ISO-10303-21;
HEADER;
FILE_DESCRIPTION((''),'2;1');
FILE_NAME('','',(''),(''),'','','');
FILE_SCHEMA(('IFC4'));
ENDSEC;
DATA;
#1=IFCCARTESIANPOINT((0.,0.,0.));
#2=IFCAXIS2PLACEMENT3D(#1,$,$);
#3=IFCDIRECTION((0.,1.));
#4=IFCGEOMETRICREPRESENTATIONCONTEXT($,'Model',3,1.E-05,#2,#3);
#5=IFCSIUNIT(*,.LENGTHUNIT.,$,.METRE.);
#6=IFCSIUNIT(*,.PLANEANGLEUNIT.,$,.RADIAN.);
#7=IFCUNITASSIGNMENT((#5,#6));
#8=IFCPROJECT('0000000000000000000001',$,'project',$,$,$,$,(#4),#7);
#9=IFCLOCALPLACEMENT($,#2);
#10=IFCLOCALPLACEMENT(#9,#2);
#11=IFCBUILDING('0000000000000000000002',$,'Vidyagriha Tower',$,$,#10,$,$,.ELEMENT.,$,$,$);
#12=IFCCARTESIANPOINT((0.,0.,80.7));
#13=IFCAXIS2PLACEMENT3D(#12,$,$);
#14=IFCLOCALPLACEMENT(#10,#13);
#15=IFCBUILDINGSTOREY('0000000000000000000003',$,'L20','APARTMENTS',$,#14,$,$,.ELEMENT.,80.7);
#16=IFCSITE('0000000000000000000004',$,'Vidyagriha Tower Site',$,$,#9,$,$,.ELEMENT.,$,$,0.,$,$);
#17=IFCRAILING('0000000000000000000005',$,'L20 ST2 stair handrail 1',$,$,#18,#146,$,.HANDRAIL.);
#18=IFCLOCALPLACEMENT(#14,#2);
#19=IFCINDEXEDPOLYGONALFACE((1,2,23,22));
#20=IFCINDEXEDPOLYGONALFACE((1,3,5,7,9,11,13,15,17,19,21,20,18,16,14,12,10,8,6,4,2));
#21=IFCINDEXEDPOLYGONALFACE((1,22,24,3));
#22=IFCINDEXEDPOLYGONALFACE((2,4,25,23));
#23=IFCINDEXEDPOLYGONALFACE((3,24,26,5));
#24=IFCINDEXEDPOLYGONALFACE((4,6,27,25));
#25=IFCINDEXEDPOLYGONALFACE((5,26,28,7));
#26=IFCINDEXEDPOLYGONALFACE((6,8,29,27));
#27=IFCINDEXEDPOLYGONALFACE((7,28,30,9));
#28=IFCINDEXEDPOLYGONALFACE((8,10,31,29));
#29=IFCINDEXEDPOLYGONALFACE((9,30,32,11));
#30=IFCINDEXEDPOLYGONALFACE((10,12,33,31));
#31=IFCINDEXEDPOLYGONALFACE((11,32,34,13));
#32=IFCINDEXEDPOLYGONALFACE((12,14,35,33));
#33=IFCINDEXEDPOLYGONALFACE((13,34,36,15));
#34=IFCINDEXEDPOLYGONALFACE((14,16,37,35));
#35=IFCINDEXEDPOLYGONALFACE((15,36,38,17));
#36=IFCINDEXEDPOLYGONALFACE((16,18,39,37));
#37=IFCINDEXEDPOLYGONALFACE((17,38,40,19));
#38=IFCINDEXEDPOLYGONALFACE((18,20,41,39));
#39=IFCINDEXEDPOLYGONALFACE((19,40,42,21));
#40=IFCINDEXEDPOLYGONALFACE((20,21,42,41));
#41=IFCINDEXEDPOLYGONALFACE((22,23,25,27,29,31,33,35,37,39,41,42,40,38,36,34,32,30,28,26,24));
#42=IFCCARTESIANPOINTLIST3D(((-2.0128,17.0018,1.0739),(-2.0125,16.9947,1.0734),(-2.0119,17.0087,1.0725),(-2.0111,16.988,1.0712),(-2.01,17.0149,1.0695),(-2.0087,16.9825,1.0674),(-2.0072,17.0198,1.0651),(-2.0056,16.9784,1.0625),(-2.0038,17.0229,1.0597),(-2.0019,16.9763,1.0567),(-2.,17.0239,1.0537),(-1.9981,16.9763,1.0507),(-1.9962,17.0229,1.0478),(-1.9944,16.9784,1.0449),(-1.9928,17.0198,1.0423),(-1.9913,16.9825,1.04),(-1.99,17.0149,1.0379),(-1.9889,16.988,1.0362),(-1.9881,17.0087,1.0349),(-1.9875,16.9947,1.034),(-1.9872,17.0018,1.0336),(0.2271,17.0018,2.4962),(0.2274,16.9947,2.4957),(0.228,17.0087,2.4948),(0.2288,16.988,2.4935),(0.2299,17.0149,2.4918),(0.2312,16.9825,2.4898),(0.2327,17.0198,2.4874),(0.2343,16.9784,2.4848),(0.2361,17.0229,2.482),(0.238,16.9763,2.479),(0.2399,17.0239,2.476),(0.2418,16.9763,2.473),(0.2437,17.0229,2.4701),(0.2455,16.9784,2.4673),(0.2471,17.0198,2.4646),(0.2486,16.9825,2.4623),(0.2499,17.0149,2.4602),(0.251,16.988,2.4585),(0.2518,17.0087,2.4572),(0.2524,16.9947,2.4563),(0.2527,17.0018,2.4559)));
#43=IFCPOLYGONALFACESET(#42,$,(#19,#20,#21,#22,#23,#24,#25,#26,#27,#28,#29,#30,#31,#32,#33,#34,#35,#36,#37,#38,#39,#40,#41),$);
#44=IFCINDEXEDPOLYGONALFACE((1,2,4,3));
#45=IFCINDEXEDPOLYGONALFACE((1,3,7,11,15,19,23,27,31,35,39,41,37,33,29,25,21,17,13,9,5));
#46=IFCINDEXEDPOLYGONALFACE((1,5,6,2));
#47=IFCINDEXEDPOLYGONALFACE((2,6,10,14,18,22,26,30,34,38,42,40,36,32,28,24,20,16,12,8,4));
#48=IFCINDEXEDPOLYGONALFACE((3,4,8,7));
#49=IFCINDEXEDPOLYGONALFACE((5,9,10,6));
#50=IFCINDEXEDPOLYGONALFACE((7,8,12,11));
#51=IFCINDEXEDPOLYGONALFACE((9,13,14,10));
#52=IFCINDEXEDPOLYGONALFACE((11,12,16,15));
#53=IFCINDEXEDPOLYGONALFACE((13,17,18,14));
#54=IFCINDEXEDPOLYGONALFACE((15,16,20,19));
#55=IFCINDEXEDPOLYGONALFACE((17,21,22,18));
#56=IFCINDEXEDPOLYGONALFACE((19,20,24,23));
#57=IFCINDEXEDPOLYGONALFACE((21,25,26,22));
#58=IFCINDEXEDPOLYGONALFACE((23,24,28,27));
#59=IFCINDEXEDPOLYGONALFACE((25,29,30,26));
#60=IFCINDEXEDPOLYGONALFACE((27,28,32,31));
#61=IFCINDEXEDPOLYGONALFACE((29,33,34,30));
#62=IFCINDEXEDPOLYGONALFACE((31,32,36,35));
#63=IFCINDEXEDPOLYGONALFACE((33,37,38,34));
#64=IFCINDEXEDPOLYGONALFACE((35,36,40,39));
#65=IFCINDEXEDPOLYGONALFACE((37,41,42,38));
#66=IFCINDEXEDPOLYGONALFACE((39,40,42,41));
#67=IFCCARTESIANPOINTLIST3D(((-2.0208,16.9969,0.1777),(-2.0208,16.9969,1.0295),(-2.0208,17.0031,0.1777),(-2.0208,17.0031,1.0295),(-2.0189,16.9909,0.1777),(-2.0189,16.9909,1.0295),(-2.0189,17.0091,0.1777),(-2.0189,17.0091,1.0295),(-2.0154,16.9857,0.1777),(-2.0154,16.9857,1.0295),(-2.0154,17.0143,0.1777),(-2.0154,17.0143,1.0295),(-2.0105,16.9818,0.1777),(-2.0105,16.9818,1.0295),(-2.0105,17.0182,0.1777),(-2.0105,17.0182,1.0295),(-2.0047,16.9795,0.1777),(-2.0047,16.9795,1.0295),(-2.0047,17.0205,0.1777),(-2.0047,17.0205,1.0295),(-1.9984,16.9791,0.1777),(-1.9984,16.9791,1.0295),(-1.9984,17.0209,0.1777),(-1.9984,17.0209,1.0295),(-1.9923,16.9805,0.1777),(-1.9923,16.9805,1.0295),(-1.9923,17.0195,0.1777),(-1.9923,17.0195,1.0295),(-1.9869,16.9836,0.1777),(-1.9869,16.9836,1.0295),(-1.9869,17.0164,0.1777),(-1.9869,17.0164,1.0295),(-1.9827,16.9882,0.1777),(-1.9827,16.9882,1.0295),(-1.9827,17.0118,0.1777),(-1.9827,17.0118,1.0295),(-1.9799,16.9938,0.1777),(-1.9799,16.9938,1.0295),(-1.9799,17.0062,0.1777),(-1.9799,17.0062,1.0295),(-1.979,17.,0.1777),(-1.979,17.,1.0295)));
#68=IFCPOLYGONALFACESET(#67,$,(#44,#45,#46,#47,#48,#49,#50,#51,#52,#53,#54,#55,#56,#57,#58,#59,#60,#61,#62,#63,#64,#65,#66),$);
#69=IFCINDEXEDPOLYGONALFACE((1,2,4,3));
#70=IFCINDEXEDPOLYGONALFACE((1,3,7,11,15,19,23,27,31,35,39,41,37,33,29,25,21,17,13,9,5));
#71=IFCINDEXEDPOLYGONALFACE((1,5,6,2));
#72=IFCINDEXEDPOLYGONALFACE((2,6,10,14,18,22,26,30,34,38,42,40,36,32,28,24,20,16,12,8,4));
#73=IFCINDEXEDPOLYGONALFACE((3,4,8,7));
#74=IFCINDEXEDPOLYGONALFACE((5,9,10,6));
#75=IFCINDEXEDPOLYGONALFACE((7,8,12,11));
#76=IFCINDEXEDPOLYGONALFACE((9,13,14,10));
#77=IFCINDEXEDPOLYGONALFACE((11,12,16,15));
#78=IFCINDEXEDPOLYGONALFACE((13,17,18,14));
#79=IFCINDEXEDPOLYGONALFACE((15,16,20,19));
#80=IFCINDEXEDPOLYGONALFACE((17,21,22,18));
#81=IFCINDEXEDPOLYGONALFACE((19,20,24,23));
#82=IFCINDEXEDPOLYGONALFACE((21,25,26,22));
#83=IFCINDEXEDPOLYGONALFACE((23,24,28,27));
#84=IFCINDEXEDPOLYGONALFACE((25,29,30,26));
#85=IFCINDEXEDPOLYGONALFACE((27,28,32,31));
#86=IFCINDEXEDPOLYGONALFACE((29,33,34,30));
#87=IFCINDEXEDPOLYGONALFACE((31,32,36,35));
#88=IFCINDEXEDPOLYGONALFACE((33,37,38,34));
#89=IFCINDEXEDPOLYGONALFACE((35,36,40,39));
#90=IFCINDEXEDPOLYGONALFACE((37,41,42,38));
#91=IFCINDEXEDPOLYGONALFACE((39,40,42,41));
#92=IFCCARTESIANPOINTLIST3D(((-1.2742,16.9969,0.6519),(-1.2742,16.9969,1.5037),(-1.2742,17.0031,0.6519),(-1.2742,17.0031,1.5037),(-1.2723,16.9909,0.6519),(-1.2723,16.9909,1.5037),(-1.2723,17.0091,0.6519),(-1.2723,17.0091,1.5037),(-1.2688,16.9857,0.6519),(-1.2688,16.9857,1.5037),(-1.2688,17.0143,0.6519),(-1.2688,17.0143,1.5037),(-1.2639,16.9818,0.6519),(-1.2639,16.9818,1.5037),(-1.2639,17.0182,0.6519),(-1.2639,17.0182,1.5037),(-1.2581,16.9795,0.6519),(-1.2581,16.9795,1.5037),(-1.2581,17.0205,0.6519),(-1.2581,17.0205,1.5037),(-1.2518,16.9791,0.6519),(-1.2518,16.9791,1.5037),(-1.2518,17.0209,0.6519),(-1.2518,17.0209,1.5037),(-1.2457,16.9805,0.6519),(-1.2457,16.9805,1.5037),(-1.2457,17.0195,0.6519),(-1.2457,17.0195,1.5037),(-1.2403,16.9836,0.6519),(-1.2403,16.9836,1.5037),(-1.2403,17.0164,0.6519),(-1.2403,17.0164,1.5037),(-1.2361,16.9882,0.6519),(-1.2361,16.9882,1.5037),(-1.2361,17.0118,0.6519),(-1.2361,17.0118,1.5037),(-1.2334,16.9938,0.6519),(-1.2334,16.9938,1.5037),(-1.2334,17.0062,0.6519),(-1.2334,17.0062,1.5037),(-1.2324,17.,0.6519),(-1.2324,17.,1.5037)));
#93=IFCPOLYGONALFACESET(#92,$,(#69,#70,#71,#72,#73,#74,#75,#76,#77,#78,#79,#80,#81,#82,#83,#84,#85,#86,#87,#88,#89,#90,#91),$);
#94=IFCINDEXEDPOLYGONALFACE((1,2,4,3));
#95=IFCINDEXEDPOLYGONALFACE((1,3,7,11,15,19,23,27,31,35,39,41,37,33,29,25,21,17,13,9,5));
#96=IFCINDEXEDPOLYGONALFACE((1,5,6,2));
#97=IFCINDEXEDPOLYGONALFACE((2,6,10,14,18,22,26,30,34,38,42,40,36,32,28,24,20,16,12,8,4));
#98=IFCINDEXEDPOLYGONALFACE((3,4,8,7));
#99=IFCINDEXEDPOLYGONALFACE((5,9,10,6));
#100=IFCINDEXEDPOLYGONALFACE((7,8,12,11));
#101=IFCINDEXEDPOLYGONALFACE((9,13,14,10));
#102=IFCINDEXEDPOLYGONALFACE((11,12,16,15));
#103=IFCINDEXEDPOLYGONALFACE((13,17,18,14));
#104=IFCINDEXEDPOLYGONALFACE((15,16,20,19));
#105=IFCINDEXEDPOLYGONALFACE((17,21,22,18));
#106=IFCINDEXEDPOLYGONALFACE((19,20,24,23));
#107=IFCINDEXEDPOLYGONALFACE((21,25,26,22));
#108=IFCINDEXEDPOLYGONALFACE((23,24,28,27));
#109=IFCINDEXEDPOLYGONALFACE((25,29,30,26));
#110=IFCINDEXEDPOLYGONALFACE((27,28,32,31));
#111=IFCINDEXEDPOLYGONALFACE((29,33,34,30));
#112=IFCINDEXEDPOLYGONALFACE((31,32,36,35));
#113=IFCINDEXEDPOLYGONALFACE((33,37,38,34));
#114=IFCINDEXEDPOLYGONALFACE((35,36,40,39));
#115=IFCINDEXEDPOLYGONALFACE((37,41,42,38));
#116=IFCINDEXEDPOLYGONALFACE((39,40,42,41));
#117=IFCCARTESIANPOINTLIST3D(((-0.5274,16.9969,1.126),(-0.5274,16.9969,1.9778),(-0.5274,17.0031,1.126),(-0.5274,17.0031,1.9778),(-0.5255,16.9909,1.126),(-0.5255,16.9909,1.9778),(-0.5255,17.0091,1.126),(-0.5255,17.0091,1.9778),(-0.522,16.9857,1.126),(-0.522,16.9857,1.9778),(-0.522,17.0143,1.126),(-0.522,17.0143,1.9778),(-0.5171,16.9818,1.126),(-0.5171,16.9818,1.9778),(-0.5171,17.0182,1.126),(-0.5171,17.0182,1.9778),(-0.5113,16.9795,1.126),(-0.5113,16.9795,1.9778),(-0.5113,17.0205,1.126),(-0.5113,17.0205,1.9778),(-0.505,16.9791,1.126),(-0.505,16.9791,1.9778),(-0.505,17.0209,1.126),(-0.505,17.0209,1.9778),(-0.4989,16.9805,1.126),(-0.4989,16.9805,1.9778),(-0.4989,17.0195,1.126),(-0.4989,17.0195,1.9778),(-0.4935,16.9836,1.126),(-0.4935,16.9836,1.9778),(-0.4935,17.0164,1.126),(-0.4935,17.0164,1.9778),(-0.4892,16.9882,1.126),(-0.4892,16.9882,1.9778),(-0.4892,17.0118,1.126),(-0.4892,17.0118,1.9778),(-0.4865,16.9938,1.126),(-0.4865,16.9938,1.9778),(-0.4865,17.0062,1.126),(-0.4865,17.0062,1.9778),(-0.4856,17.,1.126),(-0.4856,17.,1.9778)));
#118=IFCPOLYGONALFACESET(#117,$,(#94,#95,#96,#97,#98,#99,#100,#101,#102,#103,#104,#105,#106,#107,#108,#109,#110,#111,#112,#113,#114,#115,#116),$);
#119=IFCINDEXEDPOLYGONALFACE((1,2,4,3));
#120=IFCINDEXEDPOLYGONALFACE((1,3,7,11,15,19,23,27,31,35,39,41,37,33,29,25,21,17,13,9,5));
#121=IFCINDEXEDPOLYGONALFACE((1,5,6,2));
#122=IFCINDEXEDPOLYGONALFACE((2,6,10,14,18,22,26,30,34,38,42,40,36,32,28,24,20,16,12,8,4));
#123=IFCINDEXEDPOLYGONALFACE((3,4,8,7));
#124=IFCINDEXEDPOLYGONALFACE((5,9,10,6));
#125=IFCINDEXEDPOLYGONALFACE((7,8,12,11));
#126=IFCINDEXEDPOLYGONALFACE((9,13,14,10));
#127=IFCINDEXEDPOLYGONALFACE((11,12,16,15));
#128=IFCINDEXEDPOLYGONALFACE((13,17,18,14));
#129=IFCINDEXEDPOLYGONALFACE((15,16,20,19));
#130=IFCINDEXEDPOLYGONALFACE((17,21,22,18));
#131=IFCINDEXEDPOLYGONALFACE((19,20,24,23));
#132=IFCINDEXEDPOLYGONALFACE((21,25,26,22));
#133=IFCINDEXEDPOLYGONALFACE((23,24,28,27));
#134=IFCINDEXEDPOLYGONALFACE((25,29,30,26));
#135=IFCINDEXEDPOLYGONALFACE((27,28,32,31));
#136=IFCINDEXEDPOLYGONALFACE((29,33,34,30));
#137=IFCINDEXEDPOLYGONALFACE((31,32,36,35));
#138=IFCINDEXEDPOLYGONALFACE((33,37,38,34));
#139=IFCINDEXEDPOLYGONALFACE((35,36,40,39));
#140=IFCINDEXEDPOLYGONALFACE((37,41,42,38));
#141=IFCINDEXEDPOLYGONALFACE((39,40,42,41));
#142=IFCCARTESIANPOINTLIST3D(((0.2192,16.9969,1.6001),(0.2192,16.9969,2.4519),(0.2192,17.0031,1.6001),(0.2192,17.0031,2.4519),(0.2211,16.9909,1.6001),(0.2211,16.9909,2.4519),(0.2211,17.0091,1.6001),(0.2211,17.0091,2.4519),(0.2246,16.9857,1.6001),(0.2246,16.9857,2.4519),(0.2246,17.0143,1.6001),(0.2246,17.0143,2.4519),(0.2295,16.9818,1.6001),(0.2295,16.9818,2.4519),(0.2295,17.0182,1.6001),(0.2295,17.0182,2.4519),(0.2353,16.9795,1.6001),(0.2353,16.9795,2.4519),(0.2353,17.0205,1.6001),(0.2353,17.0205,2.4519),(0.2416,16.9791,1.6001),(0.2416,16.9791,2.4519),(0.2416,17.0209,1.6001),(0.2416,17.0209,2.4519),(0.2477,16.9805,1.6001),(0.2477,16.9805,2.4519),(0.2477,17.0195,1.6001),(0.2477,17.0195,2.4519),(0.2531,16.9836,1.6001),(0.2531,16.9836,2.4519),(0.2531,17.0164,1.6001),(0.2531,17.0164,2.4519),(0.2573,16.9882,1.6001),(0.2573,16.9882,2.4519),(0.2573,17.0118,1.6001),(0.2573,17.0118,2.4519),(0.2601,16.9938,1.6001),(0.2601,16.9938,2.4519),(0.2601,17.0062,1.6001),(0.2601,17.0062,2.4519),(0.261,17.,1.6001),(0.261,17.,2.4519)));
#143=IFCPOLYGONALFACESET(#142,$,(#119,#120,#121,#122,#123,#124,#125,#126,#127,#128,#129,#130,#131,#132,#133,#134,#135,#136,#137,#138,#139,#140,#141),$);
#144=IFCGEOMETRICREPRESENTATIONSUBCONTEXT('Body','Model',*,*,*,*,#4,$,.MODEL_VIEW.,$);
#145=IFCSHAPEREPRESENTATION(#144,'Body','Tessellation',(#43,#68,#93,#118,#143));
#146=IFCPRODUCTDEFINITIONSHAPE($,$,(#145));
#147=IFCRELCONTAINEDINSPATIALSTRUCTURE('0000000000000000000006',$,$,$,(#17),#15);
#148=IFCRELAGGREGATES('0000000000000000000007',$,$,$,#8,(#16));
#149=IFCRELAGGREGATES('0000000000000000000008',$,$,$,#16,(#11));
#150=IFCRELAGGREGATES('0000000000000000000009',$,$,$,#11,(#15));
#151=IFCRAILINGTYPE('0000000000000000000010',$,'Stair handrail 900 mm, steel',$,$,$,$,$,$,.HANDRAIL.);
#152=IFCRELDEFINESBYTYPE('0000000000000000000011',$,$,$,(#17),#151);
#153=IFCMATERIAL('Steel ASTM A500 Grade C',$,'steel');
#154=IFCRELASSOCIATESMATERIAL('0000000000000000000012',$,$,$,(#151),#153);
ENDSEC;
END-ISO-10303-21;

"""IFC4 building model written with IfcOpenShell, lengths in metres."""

from ifc_helpers import new_model, si_unit, direction, frame, origin, origin_2d, place, context, subcontext, project, spatial, circle, extrude, material, type_object, element, save


model = new_model("IFC4")

# Units and contexts
model_context = context("Model", 3, precision=1e-05, world=origin(), true_north=direction((0.0, 1.0)))
body_context = subcontext(model_context, "Body", "Model", "MODEL_VIEW")
ifc_project = project(units=[si_unit("LENGTHUNIT", "METRE"), si_unit("PLANEANGLEUNIT", "RADIAN")], contexts=[model_context])

# Site, building, storey
site_placement = place(None, origin())
site = spatial("IfcSite", under=ifc_project, at=site_placement, Name="Vidyagriha Tower Site", CompositionType="ELEMENT", RefElevation=0.0)
building_placement = place(site_placement, origin())
building = spatial("IfcBuilding", under=site, at=building_placement, Name="Vidyagriha Tower", CompositionType="ELEMENT")
storey_placement = place(building_placement, frame((0.0, 0.0, 80.7)))
storey = spatial("IfcBuildingStorey", under=building, at=storey_placement, Name="L20", Description="APARTMENTS", CompositionType="ELEMENT", Elevation=80.7)

# Railing
ifc_material_1 = material(Name="Steel ASTM A500 Grade C", Category="steel")
railing_type_1 = type_object("IfcRailingType", Name="Stair handrail 900 mm, steel", PredefinedType="HANDRAIL", material=ifc_material_1)
railing_1_placement = place(storey_placement, frame((-2.0, 17.0, 0.1777)))
element("IfcRailing", 1, at=railing_1_placement, inside=storey, type_object=railing_type_1, Name="L20 ST2 stair handrail 1", PredefinedType="HANDRAIL", context=body_context, shape_type="SweptSolid", body=[
    extrude(circle(Radius=0.0239, at=origin_2d()), frame((0.0, 0.0, 0.876), z_axis=(0.844188, 0.0, 0.536048), x_axis=(0.0, 1.0, 0.0)), (0.0, 0.0, 1.0), 2.6533),
    extrude(circle(Radius=0.021, at=origin_2d()), origin(), (0.0, 0.0, 1.0), 0.8518),
    extrude(circle(Radius=0.021, at=origin_2d()), frame((0.7466, 0.0, 0.4741)), (0.0, 0.0, 1.0), 0.8518),
    extrude(circle(Radius=0.021, at=origin_2d()), frame((1.4934, 0.0, 0.9482)), (0.0, 0.0, 1.0), 0.8518),
    extrude(circle(Radius=0.021, at=origin_2d()), frame((2.24, 0.0, 1.4224)), (0.0, 0.0, 1.0), 0.8518),
])

save(model, "model.ifc")
